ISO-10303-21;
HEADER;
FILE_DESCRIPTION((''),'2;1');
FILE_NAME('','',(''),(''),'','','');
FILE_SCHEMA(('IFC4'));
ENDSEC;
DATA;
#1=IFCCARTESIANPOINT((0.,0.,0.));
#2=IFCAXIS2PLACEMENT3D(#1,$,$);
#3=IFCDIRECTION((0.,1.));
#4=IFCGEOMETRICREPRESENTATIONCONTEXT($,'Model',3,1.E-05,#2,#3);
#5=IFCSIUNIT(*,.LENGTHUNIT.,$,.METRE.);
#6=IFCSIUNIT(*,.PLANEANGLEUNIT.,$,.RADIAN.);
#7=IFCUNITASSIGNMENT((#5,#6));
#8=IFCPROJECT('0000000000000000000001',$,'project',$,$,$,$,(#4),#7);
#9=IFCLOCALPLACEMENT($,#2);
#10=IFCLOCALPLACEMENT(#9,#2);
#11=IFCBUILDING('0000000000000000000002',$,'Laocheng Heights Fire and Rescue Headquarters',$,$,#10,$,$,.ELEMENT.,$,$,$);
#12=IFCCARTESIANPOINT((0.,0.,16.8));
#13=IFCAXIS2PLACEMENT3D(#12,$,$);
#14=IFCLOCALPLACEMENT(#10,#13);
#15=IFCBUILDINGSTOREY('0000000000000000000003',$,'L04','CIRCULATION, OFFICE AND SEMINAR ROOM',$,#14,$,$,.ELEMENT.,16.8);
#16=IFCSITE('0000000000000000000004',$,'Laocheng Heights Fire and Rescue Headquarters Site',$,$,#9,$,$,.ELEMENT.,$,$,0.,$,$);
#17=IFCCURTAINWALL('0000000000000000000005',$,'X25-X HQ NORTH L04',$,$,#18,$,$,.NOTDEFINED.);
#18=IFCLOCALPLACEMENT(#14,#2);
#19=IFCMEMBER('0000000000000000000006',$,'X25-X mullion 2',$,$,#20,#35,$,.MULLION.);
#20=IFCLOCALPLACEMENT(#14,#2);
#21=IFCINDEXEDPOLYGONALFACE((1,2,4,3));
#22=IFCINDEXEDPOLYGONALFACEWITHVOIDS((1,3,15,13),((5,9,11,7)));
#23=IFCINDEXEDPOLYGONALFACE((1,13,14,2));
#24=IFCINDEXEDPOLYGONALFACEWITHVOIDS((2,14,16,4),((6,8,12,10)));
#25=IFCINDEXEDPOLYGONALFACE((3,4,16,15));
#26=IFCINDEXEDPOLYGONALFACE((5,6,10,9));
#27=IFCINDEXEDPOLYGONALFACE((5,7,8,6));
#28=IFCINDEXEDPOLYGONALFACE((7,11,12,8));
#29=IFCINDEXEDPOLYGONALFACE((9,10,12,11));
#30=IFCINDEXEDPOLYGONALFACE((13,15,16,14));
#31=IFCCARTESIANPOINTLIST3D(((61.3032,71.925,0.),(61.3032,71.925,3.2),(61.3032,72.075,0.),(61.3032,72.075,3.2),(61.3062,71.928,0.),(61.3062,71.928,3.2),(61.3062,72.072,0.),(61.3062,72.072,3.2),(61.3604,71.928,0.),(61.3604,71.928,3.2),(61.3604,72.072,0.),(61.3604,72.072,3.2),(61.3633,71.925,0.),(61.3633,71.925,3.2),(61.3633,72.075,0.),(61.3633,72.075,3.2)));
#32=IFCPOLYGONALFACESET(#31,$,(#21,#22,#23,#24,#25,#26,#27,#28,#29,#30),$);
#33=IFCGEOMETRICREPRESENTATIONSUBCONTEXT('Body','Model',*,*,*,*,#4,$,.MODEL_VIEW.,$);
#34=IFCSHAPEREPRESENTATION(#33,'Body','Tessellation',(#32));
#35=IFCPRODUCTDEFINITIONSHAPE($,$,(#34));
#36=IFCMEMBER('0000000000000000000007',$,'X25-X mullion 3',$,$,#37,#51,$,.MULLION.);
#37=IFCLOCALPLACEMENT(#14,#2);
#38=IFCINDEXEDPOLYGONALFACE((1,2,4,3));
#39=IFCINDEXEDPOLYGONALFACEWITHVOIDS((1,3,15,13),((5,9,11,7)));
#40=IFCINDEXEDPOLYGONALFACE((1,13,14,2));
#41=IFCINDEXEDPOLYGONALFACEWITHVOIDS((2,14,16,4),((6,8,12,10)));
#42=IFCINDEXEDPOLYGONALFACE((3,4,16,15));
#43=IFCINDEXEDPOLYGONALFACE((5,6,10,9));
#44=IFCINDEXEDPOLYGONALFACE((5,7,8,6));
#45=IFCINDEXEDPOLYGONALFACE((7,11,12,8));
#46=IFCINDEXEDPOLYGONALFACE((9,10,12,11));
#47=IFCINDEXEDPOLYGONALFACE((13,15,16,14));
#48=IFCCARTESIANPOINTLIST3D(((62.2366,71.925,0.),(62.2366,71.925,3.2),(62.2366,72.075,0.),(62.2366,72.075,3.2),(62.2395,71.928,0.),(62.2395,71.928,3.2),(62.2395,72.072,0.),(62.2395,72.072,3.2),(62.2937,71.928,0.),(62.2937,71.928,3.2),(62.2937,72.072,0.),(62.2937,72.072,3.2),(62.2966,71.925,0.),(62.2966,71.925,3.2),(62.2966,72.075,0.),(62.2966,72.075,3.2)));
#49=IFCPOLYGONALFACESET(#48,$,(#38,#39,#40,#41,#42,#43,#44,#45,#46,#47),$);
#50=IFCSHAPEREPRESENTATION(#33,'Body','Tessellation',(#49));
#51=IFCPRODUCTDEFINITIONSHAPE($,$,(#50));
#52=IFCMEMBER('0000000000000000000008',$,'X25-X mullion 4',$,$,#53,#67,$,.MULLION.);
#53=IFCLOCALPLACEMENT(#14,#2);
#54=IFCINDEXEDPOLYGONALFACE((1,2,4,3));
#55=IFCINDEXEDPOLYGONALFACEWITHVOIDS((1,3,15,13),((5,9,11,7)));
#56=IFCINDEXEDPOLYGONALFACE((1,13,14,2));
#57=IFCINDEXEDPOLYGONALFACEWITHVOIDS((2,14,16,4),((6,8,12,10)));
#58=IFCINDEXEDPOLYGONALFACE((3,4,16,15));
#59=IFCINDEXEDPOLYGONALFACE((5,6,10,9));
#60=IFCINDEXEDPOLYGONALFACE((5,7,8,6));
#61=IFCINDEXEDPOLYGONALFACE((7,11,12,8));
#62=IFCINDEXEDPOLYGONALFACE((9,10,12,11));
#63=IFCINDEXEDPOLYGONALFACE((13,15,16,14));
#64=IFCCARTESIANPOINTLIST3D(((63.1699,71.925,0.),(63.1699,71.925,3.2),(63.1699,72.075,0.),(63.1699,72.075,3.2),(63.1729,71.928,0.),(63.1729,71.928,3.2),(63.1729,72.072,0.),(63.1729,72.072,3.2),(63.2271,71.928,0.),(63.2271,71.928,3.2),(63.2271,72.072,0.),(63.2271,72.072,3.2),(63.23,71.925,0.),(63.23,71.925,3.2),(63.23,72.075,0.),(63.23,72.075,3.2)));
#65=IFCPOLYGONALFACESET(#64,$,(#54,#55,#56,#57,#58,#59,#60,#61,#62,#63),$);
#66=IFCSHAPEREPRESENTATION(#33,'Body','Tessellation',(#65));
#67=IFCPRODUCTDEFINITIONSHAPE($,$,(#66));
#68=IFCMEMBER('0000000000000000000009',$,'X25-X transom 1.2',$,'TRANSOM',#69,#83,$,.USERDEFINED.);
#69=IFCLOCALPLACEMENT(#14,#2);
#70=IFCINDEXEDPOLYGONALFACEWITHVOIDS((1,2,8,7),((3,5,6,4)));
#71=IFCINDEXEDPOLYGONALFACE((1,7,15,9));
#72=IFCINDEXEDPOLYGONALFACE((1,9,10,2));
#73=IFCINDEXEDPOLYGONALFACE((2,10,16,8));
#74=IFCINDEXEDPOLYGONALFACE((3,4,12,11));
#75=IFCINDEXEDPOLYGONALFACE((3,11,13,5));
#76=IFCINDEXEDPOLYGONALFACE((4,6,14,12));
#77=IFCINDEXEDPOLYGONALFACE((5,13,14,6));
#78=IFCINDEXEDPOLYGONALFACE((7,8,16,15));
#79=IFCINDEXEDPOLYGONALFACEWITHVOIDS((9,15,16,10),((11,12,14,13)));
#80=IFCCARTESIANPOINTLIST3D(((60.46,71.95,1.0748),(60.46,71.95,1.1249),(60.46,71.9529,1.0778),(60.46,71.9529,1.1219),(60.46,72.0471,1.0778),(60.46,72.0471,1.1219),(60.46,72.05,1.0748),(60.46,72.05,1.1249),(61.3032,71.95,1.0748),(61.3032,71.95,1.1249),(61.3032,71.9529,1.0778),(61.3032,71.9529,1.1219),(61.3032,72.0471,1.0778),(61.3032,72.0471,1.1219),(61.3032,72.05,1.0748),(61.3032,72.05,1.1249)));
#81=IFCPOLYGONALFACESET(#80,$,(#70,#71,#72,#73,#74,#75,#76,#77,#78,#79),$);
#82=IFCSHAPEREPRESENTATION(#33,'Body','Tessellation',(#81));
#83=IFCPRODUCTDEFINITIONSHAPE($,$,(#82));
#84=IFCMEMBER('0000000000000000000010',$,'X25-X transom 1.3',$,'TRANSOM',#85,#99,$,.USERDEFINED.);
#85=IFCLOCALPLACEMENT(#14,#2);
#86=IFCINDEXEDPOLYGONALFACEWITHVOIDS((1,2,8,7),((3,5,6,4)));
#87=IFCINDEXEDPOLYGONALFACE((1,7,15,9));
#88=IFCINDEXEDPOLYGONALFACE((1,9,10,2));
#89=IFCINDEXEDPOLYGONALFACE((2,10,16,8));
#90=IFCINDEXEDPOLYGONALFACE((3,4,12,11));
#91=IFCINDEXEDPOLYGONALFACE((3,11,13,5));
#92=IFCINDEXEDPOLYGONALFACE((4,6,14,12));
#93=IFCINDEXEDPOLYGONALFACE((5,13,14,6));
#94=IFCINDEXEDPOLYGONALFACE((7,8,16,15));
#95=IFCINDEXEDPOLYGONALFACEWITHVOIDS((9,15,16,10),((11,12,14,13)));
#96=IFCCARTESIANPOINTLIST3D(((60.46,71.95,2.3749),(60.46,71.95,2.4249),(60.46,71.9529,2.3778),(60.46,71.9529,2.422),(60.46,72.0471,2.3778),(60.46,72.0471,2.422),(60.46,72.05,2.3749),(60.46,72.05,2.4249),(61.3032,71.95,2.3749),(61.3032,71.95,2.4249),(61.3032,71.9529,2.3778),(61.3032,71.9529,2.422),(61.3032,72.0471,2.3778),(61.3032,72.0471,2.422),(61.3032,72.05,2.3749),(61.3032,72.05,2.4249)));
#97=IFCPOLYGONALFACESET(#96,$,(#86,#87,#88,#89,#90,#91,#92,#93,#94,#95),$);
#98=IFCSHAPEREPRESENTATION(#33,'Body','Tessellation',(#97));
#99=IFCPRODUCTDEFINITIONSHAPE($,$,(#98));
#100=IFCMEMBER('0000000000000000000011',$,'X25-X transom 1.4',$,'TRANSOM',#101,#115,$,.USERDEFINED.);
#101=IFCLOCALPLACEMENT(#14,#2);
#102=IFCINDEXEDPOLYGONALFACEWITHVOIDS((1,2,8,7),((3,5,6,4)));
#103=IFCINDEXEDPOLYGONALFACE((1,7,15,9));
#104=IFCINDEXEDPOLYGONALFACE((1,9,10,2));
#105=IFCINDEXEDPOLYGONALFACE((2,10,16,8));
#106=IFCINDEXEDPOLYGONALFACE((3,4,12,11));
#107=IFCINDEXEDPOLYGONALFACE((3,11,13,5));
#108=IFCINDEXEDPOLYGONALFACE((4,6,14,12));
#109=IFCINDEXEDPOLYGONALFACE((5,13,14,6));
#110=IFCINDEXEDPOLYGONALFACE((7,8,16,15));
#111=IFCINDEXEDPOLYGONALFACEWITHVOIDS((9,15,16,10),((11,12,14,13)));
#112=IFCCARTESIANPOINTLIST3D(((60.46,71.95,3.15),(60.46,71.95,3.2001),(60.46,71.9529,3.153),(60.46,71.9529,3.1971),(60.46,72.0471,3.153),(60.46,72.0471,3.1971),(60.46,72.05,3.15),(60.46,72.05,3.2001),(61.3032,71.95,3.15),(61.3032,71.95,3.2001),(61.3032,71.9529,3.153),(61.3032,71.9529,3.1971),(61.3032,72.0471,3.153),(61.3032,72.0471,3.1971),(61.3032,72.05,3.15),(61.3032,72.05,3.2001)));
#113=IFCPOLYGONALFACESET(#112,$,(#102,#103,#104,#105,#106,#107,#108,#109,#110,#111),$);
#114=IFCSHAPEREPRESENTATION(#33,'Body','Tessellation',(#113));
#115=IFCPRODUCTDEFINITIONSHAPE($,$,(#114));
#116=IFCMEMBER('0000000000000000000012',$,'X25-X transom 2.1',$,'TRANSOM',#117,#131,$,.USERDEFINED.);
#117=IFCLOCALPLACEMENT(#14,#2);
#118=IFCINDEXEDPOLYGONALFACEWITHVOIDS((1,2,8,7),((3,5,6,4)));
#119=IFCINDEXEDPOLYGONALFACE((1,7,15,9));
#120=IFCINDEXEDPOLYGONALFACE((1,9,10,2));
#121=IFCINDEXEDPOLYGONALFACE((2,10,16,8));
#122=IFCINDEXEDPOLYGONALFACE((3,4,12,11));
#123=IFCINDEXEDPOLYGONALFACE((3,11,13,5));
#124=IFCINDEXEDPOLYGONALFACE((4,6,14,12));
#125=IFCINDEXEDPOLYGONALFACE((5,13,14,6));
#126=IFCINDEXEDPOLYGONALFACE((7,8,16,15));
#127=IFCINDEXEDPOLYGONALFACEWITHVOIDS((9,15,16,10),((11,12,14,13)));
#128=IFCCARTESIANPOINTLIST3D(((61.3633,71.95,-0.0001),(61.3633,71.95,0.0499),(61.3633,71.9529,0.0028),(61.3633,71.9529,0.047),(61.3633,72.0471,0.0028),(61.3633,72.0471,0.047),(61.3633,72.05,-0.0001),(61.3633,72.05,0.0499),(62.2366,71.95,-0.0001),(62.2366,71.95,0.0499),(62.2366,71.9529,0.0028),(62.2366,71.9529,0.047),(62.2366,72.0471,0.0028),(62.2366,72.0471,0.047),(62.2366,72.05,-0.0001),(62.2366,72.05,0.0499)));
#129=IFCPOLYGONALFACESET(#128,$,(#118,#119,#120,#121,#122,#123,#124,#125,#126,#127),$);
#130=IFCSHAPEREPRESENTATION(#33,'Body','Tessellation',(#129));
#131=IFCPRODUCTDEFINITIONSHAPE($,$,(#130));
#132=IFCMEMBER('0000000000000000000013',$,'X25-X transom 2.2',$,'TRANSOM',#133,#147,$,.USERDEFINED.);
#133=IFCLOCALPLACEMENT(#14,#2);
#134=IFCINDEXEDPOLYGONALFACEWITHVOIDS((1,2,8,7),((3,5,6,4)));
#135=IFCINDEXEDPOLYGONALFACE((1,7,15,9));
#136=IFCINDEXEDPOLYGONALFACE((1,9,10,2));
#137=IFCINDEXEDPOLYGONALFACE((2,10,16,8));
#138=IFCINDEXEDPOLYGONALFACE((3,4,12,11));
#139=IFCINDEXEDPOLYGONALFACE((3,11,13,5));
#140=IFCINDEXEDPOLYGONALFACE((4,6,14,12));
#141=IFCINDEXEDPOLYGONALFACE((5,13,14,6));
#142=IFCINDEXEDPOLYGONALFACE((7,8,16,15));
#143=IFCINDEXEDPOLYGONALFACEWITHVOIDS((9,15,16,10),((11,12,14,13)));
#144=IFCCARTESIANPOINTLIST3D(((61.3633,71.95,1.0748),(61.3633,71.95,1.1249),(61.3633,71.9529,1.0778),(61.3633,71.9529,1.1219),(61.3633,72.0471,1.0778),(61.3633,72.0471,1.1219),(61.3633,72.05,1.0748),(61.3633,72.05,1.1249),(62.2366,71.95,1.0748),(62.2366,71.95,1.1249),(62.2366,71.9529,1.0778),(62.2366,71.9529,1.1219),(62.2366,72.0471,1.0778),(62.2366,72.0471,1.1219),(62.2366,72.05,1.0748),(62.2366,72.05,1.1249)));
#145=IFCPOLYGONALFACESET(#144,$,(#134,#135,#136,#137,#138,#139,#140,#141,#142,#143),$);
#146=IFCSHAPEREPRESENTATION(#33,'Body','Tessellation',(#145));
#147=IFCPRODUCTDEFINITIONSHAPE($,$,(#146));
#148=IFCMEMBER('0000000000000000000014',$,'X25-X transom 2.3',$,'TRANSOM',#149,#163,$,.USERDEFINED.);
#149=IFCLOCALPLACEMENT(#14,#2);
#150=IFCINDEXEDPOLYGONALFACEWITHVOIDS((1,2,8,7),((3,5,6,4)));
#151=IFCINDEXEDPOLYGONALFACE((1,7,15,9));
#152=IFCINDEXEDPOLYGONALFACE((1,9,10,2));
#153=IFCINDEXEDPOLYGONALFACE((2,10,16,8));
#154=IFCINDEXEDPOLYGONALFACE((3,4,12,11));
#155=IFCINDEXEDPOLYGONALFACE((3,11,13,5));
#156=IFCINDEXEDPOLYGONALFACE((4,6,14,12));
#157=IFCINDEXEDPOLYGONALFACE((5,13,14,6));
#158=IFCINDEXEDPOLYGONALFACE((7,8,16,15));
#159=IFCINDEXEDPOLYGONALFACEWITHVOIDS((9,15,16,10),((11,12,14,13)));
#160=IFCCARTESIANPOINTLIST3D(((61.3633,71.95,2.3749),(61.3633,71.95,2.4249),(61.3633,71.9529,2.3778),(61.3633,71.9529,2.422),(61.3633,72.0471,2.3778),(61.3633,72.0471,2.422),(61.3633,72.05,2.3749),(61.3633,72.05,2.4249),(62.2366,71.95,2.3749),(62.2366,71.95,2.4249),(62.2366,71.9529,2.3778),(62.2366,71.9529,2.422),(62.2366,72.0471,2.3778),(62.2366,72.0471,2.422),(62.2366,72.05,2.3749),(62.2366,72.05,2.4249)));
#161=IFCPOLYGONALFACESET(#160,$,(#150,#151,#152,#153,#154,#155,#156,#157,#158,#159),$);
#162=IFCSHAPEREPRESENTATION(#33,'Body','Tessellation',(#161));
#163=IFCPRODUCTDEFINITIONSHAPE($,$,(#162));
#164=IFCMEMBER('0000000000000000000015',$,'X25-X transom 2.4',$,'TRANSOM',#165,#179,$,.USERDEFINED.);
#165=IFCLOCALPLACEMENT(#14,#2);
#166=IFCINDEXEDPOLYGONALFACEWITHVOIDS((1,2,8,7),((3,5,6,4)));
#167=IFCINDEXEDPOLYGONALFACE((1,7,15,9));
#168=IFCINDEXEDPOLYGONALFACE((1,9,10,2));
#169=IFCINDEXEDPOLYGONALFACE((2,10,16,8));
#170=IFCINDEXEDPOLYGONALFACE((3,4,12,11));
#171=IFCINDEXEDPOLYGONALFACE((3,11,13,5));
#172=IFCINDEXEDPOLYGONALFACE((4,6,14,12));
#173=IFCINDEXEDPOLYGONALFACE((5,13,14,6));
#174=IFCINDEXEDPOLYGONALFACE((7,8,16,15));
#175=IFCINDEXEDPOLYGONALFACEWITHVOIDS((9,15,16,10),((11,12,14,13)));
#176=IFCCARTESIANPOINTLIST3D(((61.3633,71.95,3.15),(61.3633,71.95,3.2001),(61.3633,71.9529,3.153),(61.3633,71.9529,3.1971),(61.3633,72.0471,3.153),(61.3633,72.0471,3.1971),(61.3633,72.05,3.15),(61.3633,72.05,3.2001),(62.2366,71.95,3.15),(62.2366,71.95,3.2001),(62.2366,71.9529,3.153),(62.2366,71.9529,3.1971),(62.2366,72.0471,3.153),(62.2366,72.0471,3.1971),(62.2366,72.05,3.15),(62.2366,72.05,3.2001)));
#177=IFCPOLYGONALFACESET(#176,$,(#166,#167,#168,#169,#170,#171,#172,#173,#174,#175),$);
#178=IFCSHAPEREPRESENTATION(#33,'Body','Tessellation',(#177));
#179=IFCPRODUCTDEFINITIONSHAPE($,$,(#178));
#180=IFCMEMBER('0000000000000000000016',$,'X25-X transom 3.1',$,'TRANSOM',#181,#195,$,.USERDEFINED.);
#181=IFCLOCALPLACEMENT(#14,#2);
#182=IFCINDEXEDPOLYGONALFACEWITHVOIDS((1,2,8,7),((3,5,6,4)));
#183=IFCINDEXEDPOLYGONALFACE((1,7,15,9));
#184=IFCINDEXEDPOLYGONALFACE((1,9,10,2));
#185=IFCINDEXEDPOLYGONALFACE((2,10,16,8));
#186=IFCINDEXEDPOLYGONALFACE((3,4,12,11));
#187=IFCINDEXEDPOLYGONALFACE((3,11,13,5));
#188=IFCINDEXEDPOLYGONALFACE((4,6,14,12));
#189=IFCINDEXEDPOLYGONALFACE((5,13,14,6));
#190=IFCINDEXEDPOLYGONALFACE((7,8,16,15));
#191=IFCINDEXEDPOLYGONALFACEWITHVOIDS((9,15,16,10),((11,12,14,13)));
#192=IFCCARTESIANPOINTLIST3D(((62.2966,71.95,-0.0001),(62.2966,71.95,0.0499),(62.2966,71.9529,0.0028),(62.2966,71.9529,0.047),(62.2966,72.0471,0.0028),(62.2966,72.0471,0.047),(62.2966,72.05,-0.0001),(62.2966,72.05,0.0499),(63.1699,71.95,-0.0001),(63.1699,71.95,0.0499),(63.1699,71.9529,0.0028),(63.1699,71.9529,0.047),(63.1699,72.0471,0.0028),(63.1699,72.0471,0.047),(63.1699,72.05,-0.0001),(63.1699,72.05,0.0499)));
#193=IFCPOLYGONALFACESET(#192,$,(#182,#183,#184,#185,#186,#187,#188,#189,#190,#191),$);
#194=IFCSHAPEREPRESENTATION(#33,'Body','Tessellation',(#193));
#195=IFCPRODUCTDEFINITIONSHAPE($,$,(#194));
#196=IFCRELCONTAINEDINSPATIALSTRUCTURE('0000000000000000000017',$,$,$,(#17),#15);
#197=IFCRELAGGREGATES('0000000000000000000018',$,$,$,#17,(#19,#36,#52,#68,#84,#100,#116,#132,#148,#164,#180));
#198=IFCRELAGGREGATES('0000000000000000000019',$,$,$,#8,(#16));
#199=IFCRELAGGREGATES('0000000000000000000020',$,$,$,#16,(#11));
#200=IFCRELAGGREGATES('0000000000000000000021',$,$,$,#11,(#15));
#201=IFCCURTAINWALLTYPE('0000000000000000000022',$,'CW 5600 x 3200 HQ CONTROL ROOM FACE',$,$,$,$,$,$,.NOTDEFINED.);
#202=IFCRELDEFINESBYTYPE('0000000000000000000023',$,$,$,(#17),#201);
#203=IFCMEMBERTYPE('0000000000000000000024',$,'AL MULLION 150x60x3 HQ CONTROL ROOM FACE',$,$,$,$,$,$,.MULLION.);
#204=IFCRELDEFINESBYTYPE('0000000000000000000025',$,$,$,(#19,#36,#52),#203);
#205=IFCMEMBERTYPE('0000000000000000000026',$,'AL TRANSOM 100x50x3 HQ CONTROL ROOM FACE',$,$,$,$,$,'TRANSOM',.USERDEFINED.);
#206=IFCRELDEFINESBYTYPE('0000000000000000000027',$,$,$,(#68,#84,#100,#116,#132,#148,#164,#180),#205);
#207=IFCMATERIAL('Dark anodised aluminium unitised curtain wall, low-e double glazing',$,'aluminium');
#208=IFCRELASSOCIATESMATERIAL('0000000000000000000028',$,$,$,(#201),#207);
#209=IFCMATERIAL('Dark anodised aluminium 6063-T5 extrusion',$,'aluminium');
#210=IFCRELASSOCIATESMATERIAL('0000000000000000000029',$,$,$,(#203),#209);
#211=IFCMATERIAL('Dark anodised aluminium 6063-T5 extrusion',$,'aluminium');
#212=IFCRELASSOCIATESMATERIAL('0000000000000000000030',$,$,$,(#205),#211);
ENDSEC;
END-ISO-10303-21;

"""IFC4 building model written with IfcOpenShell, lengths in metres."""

from ifc_helpers import new_model, si_unit, direction, frame, origin, origin_2d, place, context, subcontext, project, spatial, hollow_rectangle, extrude, material, material_profile, profile_set, type_object, element, aggregate, save


model = new_model("IFC4")

# Units and contexts
model_context = context("Model", 3, precision=1e-05, world=origin(), true_north=direction((0.0, 1.0)))
body_context = subcontext(model_context, "Body", "Model", "MODEL_VIEW")
ifc_project = project(units=[si_unit("LENGTHUNIT", "METRE"), si_unit("PLANEANGLEUNIT", "RADIAN")], contexts=[model_context])

# Site, building, storey
site_placement = place(None, origin())
site = spatial("IfcSite", under=ifc_project, at=site_placement, Name="Laocheng Heights Fire and Rescue Headquarters Site", CompositionType="ELEMENT", RefElevation=0.0)
building_placement = place(site_placement, origin())
building = spatial("IfcBuilding", under=site, at=building_placement, Name="Laocheng Heights Fire and Rescue Headquarters", CompositionType="ELEMENT")
storey_placement = place(building_placement, frame((0.0, 0.0, 16.8)))
storey = spatial("IfcBuildingStorey", under=building, at=storey_placement, Name="L04", Description="CIRCULATION, OFFICE AND SEMINAR ROOM", CompositionType="ELEMENT", Elevation=16.8)

# Curtain wall, members
ifc_material_1 = material(Name="Dark anodised aluminium unitised curtain wall, low-e double glazing", Category="aluminium")
curtain_wall_type = type_object("IfcCurtainWallType", Name="CW 5600 x 3200 HQ CONTROL ROOM FACE", PredefinedType="NOTDEFINED", material=ifc_material_1)
curtain_wall_placement = place(storey_placement, origin())
curtain_wall = element("IfcCurtainWall", 1, at=curtain_wall_placement, inside=storey, type_object=curtain_wall_type, Name="X25-X HQ NORTH L04", PredefinedType="NOTDEFINED")
ifc_material_2 = material(Name="Dark anodised aluminium 6063-T5 extrusion", Category="aluminium")
ifc_material_profile_1 = material_profile(ifc_material_2, hollow_rectangle(XDim=0.1499, YDim=0.0601, WallThickness=0.0029, at=origin_2d()), Name="AL MULLION 150x60x3 HQ CONTROL ROOM FACE")
ifc_profile_set_1 = profile_set([ifc_material_profile_1], Name="Dark anodised aluminium 6063-T5 extrusion")
member_type_1 = type_object("IfcMemberType", Name="AL MULLION 150x60x3 HQ CONTROL ROOM FACE", PredefinedType="MULLION", material=ifc_profile_set_1)
member_1_placement = place(storey_placement, frame((61.3333, 72.0, 0.0), z_axis=(0.0, 0.0, 1.0), x_axis=(0.0, 1.0, 0.0)))
member_1 = element("IfcMember", 2, at=member_1_placement, type_object=member_type_1, Name="X25-X mullion 2", PredefinedType="MULLION", context=body_context, shape_type="SweptSolid", body=[
    extrude(hollow_rectangle(XDim=0.1499, YDim=0.0601, WallThickness=0.0029, at=origin_2d()), origin(), (0.0, 0.0, 1.0), 3.2),
])
member_2_placement = place(storey_placement, frame((62.2666, 72.0, 0.0), z_axis=(0.0, 0.0, 1.0), x_axis=(0.0, 1.0, 0.0)))
member_2 = element("IfcMember", 3, at=member_2_placement, type_object=member_type_1, Name="X25-X mullion 3", PredefinedType="MULLION", context=body_context, shape_type="SweptSolid", body=[
    extrude(hollow_rectangle(XDim=0.1499, YDim=0.0601, WallThickness=0.0029, at=origin_2d()), origin(), (0.0, 0.0, 1.0), 3.2),
])
member_3_placement = place(storey_placement, frame((63.2, 72.0, 0.0), z_axis=(0.0, 0.0, 1.0), x_axis=(0.0, 1.0, 0.0)))
member_3 = element("IfcMember", 4, at=member_3_placement, type_object=member_type_1, Name="X25-X mullion 4", PredefinedType="MULLION", context=body_context, shape_type="SweptSolid", body=[
    extrude(hollow_rectangle(XDim=0.1499, YDim=0.0601, WallThickness=0.0029, at=origin_2d()), origin(), (0.0, 0.0, 1.0), 3.2),
])
ifc_material_3 = material(Name="Dark anodised aluminium 6063-T5 extrusion", Category="aluminium")
ifc_material_profile_2 = material_profile(ifc_material_3, hollow_rectangle(XDim=0.1001, YDim=0.05, WallThickness=0.0029, at=origin_2d()), Name="AL TRANSOM 100x50x3 HQ CONTROL ROOM FACE")
ifc_profile_set_2 = profile_set([ifc_material_profile_2], Name="Dark anodised aluminium 6063-T5 extrusion")
member_type_2 = type_object("IfcMemberType", Name="AL TRANSOM 100x50x3 HQ CONTROL ROOM FACE", ElementType="TRANSOM", PredefinedType="USERDEFINED", material=ifc_profile_set_2)
member_4_placement = place(storey_placement, frame((60.46, 72.0, 1.0999), z_axis=(1.0, 0.0, 0.0), x_axis=(0.0, 1.0, 0.0)))
member_4 = element("IfcMember", 5, at=member_4_placement, type_object=member_type_2, Name="X25-X transom 1.2", ObjectType="TRANSOM", PredefinedType="USERDEFINED", context=body_context, shape_type="SweptSolid", body=[
    extrude(hollow_rectangle(XDim=0.1001, YDim=0.05, WallThickness=0.0029, at=origin_2d()), origin(), (0.0, 0.0, 1.0), 0.8433),
])
member_5_placement = place(storey_placement, frame((60.46, 72.0, 2.3999), z_axis=(1.0, 0.0, 0.0), x_axis=(0.0, 1.0, 0.0)))
member_5 = element("IfcMember", 6, at=member_5_placement, type_object=member_type_2, Name="X25-X transom 1.3", ObjectType="TRANSOM", PredefinedType="USERDEFINED", context=body_context, shape_type="SweptSolid", body=[
    extrude(hollow_rectangle(XDim=0.1001, YDim=0.05, WallThickness=0.0029, at=origin_2d()), origin(), (0.0, 0.0, 1.0), 0.8433),
])
member_6_placement = place(storey_placement, frame((60.46, 72.0, 3.175), z_axis=(1.0, 0.0, 0.0), x_axis=(0.0, 1.0, 0.0)))
member_6 = element("IfcMember", 7, at=member_6_placement, type_object=member_type_2, Name="X25-X transom 1.4", ObjectType="TRANSOM", PredefinedType="USERDEFINED", context=body_context, shape_type="SweptSolid", body=[
    extrude(hollow_rectangle(XDim=0.1001, YDim=0.05, WallThickness=0.0029, at=origin_2d()), origin(), (0.0, 0.0, 1.0), 0.8433),
])
member_7_placement = place(storey_placement, frame((61.3633, 72.0, 0.0249), z_axis=(1.0, 0.0, 0.0), x_axis=(0.0, 1.0, 0.0)))
member_7 = element("IfcMember", 8, at=member_7_placement, type_object=member_type_2, Name="X25-X transom 2.1", ObjectType="TRANSOM", PredefinedType="USERDEFINED", context=body_context, shape_type="SweptSolid", body=[
    extrude(hollow_rectangle(XDim=0.1001, YDim=0.05, WallThickness=0.0029, at=origin_2d()), origin(), (0.0, 0.0, 1.0), 0.8733),
])
member_8_placement = place(storey_placement, frame((61.3633, 72.0, 1.0999), z_axis=(1.0, 0.0, 0.0), x_axis=(0.0, 1.0, 0.0)))
member_8 = element("IfcMember", 9, at=member_8_placement, type_object=member_type_2, Name="X25-X transom 2.2", ObjectType="TRANSOM", PredefinedType="USERDEFINED", context=body_context, shape_type="SweptSolid", body=[
    extrude(hollow_rectangle(XDim=0.1001, YDim=0.05, WallThickness=0.0029, at=origin_2d()), origin(), (0.0, 0.0, 1.0), 0.8733),
])
member_9_placement = place(storey_placement, frame((61.3633, 72.0, 2.3999), z_axis=(1.0, 0.0, 0.0), x_axis=(0.0, 1.0, 0.0)))
member_9 = element("IfcMember", 10, at=member_9_placement, type_object=member_type_2, Name="X25-X transom 2.3", ObjectType="TRANSOM", PredefinedType="USERDEFINED", context=body_context, shape_type="SweptSolid", body=[
    extrude(hollow_rectangle(XDim=0.1001, YDim=0.05, WallThickness=0.0029, at=origin_2d()), origin(), (0.0, 0.0, 1.0), 0.8733),
])
member_10_placement = place(storey_placement, frame((61.3633, 72.0, 3.175), z_axis=(1.0, 0.0, 0.0), x_axis=(0.0, 1.0, 0.0)))
member_10 = element("IfcMember", 11, at=member_10_placement, type_object=member_type_2, Name="X25-X transom 2.4", ObjectType="TRANSOM", PredefinedType="USERDEFINED", context=body_context, shape_type="SweptSolid", body=[
    extrude(hollow_rectangle(XDim=0.1001, YDim=0.05, WallThickness=0.0029, at=origin_2d()), origin(), (0.0, 0.0, 1.0), 0.8733),
])
member_11_placement = place(storey_placement, frame((62.2966, 72.0, 0.0249), z_axis=(1.0, 0.0, 0.0), x_axis=(0.0, 1.0, 0.0)))
member_11 = element("IfcMember", 12, at=member_11_placement, type_object=member_type_2, Name="X25-X transom 3.1", ObjectType="TRANSOM", PredefinedType="USERDEFINED", context=body_context, shape_type="SweptSolid", body=[
    extrude(hollow_rectangle(XDim=0.1001, YDim=0.05, WallThickness=0.0029, at=origin_2d()), origin(), (0.0, 0.0, 1.0), 0.8733),
])
aggregate(curtain_wall, [member_1, member_2, member_3, member_4, member_5, member_6, member_7, member_8, member_9, member_10, member_11])

save(model, "model.ifc")
